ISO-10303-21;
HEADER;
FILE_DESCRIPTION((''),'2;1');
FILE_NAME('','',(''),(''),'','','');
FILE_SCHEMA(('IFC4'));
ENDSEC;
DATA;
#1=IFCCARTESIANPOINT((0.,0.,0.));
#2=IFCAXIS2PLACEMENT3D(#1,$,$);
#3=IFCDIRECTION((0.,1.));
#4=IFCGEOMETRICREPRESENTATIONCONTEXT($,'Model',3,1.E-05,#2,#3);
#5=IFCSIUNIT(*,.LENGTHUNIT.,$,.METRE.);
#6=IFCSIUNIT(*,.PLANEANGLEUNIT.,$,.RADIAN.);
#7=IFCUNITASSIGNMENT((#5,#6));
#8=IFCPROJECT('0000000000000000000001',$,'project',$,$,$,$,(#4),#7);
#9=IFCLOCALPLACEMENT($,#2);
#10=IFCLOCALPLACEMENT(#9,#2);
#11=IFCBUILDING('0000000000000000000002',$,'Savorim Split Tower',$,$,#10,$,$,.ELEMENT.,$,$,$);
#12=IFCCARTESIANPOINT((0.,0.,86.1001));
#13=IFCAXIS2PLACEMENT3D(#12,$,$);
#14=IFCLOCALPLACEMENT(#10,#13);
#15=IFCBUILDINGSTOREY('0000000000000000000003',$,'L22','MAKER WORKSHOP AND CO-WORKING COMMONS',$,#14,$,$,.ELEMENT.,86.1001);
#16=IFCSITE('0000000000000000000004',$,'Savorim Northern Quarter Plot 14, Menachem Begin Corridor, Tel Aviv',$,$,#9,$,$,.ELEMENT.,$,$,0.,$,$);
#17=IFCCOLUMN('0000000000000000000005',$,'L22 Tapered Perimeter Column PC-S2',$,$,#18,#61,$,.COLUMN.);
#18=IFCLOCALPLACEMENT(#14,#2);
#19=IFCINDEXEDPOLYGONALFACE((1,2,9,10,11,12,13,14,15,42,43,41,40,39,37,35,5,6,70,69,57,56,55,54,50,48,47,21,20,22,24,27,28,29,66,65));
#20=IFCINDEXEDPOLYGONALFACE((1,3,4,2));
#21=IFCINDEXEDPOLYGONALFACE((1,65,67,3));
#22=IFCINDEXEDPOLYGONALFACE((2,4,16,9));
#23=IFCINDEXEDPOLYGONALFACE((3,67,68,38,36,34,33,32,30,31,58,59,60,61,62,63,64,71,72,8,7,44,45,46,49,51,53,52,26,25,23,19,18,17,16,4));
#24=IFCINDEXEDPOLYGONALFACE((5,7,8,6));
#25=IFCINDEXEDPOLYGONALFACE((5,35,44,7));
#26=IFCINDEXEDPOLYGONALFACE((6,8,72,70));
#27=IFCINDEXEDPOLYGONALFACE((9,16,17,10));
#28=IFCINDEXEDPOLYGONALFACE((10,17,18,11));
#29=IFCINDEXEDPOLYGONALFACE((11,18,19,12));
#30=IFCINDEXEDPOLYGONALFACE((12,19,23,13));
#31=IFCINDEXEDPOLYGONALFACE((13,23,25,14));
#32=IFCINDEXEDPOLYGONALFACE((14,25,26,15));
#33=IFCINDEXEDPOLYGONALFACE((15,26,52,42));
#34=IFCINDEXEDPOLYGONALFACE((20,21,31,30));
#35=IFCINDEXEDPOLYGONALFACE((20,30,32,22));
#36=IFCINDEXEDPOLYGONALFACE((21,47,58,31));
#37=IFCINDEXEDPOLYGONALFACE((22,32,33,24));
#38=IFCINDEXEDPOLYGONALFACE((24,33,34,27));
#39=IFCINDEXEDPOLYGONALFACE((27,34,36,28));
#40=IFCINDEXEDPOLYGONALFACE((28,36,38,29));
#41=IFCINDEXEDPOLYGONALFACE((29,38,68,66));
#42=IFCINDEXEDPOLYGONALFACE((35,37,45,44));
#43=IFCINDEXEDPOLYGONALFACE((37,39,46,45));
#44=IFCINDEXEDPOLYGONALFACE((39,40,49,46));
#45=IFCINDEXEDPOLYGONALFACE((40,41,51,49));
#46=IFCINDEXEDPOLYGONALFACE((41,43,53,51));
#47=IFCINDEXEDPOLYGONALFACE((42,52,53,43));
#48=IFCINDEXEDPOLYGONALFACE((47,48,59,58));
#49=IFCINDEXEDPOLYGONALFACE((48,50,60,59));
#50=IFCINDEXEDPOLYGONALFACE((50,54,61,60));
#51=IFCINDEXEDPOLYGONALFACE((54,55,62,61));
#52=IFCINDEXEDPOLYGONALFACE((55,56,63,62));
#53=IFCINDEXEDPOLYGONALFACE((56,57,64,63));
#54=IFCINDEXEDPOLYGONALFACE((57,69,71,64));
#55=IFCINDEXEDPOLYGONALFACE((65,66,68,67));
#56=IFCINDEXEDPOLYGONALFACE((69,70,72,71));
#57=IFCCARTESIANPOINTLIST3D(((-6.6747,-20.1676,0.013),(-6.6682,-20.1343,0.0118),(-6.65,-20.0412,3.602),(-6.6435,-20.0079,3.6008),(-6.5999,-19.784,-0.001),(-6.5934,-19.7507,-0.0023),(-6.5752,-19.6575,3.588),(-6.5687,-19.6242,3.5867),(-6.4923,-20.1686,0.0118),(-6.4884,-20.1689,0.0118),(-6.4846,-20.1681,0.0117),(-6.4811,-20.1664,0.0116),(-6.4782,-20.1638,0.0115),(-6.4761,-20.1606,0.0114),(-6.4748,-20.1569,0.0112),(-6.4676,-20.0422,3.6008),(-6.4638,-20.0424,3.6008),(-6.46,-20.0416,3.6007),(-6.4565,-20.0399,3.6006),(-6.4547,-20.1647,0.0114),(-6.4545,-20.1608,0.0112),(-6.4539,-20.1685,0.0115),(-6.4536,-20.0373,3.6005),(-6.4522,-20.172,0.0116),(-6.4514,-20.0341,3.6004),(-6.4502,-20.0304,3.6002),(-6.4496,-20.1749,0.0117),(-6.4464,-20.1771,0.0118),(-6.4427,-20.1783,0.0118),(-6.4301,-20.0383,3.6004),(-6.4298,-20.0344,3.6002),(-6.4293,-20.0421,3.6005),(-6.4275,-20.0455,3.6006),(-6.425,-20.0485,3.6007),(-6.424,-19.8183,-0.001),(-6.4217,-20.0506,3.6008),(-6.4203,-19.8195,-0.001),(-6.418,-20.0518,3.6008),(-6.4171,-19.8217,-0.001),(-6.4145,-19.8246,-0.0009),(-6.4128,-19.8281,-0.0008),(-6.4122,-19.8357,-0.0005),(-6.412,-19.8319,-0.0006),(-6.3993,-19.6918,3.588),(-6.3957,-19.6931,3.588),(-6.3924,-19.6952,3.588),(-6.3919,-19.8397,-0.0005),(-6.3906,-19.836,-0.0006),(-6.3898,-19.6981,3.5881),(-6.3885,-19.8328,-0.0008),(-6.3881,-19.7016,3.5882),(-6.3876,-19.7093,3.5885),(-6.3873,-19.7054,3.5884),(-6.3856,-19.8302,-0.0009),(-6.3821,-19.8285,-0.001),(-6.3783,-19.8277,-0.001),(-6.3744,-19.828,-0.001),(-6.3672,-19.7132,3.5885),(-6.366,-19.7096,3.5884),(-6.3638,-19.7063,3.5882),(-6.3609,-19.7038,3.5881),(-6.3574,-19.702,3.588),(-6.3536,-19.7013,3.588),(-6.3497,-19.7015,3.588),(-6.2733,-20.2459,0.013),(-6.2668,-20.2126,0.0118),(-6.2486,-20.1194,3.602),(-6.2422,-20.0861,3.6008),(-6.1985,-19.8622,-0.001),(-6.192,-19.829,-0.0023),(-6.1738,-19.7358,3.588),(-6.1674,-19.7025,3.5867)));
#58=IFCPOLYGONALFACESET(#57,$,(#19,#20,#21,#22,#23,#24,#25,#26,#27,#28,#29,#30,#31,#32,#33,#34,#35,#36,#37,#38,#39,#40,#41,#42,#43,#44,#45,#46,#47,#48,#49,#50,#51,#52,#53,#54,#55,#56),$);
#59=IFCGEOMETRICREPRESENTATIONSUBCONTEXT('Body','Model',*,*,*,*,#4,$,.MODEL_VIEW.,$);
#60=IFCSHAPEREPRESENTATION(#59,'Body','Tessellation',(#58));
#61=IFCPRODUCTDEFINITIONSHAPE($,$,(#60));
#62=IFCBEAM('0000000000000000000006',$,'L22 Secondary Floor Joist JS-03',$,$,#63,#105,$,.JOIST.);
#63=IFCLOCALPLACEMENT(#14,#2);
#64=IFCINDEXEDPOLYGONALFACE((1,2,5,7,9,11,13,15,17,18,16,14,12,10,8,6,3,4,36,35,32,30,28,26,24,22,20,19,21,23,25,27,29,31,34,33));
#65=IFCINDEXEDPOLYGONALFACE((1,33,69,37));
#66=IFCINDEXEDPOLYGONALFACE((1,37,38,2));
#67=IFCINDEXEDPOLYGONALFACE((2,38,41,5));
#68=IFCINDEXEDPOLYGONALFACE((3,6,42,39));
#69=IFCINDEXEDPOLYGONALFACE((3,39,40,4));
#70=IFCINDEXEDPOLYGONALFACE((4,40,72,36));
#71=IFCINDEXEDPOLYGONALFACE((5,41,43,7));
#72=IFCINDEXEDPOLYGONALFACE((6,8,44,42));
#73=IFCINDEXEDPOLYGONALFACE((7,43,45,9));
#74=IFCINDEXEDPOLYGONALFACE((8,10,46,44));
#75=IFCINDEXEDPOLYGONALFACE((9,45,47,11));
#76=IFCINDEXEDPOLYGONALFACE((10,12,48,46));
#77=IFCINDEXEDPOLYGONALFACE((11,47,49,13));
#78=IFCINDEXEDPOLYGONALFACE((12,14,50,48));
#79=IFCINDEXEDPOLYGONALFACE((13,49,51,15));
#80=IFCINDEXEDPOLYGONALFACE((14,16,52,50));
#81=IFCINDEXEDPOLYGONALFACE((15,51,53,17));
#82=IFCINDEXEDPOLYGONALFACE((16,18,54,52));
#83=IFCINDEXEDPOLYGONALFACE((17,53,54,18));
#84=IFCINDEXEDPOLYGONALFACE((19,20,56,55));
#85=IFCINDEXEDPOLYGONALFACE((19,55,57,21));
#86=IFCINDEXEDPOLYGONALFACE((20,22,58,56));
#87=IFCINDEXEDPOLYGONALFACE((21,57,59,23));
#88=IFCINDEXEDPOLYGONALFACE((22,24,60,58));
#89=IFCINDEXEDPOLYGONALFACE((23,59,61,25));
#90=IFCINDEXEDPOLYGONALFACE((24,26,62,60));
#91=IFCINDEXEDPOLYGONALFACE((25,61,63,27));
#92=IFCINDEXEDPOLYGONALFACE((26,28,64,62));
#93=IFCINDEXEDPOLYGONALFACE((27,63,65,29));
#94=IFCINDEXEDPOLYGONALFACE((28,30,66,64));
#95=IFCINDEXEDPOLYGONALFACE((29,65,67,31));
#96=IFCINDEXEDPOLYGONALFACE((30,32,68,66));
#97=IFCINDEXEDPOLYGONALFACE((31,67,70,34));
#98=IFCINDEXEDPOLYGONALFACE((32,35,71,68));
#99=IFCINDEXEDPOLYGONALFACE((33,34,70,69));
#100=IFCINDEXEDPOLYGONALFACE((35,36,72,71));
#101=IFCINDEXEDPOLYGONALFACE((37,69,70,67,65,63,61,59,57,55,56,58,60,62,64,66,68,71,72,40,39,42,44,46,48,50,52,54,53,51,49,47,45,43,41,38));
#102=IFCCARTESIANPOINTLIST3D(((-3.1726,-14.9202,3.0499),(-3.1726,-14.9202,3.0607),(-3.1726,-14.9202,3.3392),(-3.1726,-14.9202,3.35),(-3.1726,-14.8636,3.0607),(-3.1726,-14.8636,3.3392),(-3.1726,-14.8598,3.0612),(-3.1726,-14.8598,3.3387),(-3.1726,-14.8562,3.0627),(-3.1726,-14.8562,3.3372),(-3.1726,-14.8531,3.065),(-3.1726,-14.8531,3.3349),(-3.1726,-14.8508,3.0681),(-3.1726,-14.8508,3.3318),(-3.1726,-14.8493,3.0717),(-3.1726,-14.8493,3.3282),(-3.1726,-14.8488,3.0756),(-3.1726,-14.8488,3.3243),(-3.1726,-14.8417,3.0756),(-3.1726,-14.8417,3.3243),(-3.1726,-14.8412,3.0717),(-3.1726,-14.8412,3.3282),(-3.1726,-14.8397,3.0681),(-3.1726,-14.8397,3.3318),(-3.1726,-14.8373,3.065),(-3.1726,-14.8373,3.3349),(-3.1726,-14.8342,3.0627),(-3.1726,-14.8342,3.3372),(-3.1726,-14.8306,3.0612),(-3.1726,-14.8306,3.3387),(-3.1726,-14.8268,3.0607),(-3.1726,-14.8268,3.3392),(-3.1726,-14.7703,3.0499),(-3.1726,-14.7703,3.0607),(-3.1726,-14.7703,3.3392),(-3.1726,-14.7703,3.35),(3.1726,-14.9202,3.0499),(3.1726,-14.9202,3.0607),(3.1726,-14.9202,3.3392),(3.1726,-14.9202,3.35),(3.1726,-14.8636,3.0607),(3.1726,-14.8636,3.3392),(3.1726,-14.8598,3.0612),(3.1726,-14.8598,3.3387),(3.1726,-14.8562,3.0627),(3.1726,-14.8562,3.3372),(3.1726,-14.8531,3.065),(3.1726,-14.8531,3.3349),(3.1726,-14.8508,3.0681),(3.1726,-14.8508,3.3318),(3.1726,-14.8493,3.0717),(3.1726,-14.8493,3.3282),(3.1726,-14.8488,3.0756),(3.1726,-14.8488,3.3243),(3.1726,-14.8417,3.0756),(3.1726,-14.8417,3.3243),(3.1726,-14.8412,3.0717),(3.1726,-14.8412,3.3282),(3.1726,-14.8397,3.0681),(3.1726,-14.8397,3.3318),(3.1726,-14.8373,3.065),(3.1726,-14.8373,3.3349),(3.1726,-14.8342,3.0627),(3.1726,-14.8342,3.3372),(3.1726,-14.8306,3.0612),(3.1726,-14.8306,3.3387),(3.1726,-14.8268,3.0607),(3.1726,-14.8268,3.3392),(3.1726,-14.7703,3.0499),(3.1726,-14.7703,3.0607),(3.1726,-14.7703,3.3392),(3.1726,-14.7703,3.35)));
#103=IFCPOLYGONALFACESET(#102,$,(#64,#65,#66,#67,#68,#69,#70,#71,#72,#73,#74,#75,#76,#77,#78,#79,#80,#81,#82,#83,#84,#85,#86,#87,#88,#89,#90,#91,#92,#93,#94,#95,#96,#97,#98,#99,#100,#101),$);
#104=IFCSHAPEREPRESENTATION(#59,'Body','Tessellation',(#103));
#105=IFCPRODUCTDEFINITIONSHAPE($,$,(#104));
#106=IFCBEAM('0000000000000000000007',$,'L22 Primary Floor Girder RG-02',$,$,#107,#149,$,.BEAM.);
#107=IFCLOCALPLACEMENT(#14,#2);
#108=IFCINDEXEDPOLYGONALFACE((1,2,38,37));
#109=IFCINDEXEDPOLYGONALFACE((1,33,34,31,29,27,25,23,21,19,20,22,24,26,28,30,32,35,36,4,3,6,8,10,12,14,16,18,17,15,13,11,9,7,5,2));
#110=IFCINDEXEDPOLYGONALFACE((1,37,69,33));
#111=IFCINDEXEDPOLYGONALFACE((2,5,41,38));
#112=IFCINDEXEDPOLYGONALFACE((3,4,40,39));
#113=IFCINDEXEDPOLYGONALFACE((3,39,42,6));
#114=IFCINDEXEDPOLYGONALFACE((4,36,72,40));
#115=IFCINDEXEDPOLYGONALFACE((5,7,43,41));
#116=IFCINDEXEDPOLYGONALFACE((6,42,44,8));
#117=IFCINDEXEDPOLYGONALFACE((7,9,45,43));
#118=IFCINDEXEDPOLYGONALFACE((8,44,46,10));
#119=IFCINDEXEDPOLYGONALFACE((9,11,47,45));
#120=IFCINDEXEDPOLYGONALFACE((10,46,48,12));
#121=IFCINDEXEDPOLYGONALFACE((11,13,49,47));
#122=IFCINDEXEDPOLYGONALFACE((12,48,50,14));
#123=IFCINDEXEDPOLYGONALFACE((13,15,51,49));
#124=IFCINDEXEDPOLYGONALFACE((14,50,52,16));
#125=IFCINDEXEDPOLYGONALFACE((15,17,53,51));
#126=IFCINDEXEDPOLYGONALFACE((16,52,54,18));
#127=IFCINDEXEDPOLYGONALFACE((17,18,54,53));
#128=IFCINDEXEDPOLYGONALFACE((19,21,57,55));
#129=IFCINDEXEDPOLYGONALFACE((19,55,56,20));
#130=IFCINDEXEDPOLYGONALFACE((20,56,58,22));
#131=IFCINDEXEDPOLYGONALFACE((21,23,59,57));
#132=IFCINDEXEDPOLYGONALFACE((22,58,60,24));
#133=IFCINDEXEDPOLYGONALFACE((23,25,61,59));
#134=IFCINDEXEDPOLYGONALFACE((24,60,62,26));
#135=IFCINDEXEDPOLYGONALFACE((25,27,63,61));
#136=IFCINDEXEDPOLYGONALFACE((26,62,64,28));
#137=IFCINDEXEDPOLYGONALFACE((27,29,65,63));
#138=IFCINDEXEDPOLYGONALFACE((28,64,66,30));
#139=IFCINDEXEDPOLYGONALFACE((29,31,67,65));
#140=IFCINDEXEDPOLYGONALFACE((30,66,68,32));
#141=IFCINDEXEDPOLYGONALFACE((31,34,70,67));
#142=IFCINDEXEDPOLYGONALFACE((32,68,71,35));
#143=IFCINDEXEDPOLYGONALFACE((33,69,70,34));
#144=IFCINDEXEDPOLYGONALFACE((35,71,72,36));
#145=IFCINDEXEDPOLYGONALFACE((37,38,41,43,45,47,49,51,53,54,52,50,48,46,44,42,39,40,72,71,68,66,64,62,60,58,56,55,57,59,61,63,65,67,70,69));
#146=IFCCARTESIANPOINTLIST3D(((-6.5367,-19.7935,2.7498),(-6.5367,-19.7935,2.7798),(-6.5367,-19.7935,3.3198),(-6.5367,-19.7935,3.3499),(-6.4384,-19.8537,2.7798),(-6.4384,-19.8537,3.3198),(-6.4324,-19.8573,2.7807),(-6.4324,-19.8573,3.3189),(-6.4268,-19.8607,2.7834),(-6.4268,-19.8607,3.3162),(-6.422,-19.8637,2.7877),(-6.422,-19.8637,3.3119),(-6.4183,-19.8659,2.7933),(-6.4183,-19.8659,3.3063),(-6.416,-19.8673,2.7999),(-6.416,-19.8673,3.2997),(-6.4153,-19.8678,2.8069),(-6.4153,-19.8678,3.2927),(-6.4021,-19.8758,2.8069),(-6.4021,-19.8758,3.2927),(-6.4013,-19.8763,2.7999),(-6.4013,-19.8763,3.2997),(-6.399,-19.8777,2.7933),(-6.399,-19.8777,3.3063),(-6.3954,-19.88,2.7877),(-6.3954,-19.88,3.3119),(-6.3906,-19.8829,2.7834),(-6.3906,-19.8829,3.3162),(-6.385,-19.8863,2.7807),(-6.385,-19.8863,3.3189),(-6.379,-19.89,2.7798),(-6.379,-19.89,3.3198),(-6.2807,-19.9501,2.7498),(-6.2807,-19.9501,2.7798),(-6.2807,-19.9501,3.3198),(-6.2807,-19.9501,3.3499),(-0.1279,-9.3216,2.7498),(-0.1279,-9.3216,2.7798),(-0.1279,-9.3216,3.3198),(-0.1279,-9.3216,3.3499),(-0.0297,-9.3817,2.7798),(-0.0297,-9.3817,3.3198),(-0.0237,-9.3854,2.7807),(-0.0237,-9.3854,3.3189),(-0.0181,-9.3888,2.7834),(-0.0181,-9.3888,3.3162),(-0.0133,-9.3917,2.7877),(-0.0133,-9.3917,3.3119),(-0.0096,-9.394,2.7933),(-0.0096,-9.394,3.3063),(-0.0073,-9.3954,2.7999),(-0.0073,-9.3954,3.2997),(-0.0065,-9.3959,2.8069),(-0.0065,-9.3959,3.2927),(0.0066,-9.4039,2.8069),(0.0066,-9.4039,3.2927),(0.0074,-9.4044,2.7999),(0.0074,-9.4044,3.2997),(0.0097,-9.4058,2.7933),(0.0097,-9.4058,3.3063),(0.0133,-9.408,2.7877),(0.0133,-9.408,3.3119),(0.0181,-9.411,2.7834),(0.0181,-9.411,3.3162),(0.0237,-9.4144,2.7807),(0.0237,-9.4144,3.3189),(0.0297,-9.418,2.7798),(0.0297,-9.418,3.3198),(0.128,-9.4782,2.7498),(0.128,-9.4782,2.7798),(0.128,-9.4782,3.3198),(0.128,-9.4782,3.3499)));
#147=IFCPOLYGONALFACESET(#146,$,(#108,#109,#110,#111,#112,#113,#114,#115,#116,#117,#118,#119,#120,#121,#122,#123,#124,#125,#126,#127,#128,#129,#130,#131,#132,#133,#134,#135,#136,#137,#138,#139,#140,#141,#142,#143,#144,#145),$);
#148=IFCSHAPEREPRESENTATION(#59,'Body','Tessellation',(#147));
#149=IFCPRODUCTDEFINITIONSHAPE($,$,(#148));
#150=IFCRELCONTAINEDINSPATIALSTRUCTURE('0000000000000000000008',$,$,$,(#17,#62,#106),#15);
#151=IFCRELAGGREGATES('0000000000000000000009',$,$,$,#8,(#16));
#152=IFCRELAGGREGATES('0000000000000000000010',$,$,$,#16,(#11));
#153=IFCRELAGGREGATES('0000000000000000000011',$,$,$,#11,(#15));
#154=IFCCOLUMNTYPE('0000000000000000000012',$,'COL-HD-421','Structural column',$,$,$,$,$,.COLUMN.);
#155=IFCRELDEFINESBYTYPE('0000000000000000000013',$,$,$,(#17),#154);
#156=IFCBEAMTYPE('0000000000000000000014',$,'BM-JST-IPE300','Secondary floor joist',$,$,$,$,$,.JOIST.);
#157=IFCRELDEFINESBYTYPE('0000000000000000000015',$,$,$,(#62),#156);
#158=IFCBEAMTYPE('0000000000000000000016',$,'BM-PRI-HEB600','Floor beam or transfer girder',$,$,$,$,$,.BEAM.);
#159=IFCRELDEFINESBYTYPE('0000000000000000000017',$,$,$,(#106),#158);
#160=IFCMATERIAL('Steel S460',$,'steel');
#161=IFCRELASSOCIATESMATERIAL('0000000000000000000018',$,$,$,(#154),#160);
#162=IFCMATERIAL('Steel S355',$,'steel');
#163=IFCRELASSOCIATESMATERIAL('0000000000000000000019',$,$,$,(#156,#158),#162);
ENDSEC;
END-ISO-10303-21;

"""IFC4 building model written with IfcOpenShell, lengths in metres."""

from ifc_helpers import new_model, si_unit, direction, frame, origin, origin_2d, place, context, subcontext, project, spatial, i_section, extrude, material, material_profile, profile_set, type_object, element, save


model = new_model("IFC4")

# Units and contexts
model_context = context("Model", 3, precision=1e-05, world=origin(), true_north=direction((0.0, 1.0)))
body_context = subcontext(model_context, "Body", "Model", "MODEL_VIEW")
ifc_project = project(units=[si_unit("LENGTHUNIT", "METRE"), si_unit("PLANEANGLEUNIT", "RADIAN")], contexts=[model_context])

# Site, building, storey
site_placement = place(None, origin())
site = spatial("IfcSite", under=ifc_project, at=site_placement, Name="Savorim Northern Quarter Plot 14, Menachem Begin Corridor, Tel Aviv", CompositionType="ELEMENT", RefElevation=0.0)
building_placement = place(site_placement, origin())
building = spatial("IfcBuilding", under=site, at=building_placement, Name="Savorim Split Tower", CompositionType="ELEMENT")
storey_placement = place(building_placement, frame((0.0, 0.0, 86.1001)))
storey = spatial("IfcBuildingStorey", under=building, at=storey_placement, Name="L22", Description="MAKER WORKSHOP AND CO-WORKING COMMONS", CompositionType="ELEMENT", Elevation=86.1001)

# Column
ifc_material_1 = material(Name="Steel S460", Category="steel")
ifc_material_profile_1 = material_profile(ifc_material_1, i_section(OverallWidth=0.4089, OverallDepth=0.425, WebThickness=0.0208, FlangeThickness=0.0339, FilletRadius=0.0149, at=origin_2d()), Name="HD 400x421")
ifc_profile_set_1 = profile_set([ifc_material_profile_1], Name="Steel S460")
column_type = type_object("IfcColumnType", Name="COL-HD-421", Description="Structural column", PredefinedType="COLUMN", material=ifc_profile_set_1)
column_placement = place(storey_placement, frame((-6.4333, -19.9983, 0.0054), z_axis=(0.006866, 0.035213, 0.999356), x_axis=(-0.981517, 0.191377, 0.0)))
element("IfcColumn", 1, at=column_placement, inside=storey, type_object=column_type, Name="L22 Tapered Perimeter Column PC-S2", PredefinedType="COLUMN", context=body_context, shape_type="SweptSolid", body=[
    extrude(i_section(OverallWidth=0.4089, OverallDepth=0.425, WebThickness=0.0208, FlangeThickness=0.0339, FilletRadius=0.0149, at=origin_2d()), origin(), (0.0, 0.0, 1.0), 3.5913),
])

# Beams
ifc_material_2 = material(Name="Steel S355", Category="steel")
ifc_material_profile_2 = material_profile(ifc_material_2, i_section(OverallWidth=0.1499, OverallDepth=0.3, WebThickness=0.0071, FlangeThickness=0.0107, FilletRadius=0.0149, at=origin_2d()), Name="IPE 300")
ifc_profile_set_2 = profile_set([ifc_material_profile_2], Name="Steel S355")
beam_type_1 = type_object("IfcBeamType", Name="BM-JST-IPE300", Description="Secondary floor joist", PredefinedType="JOIST", material=ifc_profile_set_2)
beam_1_placement = place(storey_placement, frame((-3.1726, -14.8452, 3.2), z_axis=(1.0, 0.0, 0.0), x_axis=(0.0, 1.0, 0.0)))
element("IfcBeam", 2, at=beam_1_placement, inside=storey, type_object=beam_type_1, Name="L22 Secondary Floor Joist JS-03", PredefinedType="JOIST", context=body_context, shape_type="SweptSolid", body=[
    extrude(i_section(OverallWidth=0.1499, OverallDepth=0.3, WebThickness=0.0071, FlangeThickness=0.0107, FilletRadius=0.0149, at=origin_2d()), origin(), (0.0, 0.0, 1.0), 6.3452),
])
ifc_material_profile_3 = material_profile(ifc_material_2, i_section(OverallWidth=0.3, OverallDepth=0.6001, WebThickness=0.0154, FlangeThickness=0.03, FilletRadius=0.0271, at=origin_2d()), Name="HEB 600")
ifc_profile_set_3 = profile_set([ifc_material_profile_3], Name="Steel S355")
beam_type_2 = type_object("IfcBeamType", Name="BM-PRI-HEB600", Description="Floor beam or transfer girder", PredefinedType="BEAM", material=ifc_profile_set_3)
beam_2_placement = place(storey_placement, frame((-6.4087, -19.8718, 3.0498), z_axis=(0.521994, 0.852949, 0.0), x_axis=(-0.852949, 0.521994, 0.0)))
element("IfcBeam", 3, at=beam_2_placement, inside=storey, type_object=beam_type_2, Name="L22 Primary Floor Girder RG-02", PredefinedType="BEAM", context=body_context, shape_type="SweptSolid", body=[
    extrude(i_section(OverallWidth=0.3, OverallDepth=0.6001, WebThickness=0.0154, FlangeThickness=0.03, FilletRadius=0.0271, at=origin_2d()), origin(), (0.0, 0.0, 1.0), 12.2773),
])

save(model, "model.ifc")
